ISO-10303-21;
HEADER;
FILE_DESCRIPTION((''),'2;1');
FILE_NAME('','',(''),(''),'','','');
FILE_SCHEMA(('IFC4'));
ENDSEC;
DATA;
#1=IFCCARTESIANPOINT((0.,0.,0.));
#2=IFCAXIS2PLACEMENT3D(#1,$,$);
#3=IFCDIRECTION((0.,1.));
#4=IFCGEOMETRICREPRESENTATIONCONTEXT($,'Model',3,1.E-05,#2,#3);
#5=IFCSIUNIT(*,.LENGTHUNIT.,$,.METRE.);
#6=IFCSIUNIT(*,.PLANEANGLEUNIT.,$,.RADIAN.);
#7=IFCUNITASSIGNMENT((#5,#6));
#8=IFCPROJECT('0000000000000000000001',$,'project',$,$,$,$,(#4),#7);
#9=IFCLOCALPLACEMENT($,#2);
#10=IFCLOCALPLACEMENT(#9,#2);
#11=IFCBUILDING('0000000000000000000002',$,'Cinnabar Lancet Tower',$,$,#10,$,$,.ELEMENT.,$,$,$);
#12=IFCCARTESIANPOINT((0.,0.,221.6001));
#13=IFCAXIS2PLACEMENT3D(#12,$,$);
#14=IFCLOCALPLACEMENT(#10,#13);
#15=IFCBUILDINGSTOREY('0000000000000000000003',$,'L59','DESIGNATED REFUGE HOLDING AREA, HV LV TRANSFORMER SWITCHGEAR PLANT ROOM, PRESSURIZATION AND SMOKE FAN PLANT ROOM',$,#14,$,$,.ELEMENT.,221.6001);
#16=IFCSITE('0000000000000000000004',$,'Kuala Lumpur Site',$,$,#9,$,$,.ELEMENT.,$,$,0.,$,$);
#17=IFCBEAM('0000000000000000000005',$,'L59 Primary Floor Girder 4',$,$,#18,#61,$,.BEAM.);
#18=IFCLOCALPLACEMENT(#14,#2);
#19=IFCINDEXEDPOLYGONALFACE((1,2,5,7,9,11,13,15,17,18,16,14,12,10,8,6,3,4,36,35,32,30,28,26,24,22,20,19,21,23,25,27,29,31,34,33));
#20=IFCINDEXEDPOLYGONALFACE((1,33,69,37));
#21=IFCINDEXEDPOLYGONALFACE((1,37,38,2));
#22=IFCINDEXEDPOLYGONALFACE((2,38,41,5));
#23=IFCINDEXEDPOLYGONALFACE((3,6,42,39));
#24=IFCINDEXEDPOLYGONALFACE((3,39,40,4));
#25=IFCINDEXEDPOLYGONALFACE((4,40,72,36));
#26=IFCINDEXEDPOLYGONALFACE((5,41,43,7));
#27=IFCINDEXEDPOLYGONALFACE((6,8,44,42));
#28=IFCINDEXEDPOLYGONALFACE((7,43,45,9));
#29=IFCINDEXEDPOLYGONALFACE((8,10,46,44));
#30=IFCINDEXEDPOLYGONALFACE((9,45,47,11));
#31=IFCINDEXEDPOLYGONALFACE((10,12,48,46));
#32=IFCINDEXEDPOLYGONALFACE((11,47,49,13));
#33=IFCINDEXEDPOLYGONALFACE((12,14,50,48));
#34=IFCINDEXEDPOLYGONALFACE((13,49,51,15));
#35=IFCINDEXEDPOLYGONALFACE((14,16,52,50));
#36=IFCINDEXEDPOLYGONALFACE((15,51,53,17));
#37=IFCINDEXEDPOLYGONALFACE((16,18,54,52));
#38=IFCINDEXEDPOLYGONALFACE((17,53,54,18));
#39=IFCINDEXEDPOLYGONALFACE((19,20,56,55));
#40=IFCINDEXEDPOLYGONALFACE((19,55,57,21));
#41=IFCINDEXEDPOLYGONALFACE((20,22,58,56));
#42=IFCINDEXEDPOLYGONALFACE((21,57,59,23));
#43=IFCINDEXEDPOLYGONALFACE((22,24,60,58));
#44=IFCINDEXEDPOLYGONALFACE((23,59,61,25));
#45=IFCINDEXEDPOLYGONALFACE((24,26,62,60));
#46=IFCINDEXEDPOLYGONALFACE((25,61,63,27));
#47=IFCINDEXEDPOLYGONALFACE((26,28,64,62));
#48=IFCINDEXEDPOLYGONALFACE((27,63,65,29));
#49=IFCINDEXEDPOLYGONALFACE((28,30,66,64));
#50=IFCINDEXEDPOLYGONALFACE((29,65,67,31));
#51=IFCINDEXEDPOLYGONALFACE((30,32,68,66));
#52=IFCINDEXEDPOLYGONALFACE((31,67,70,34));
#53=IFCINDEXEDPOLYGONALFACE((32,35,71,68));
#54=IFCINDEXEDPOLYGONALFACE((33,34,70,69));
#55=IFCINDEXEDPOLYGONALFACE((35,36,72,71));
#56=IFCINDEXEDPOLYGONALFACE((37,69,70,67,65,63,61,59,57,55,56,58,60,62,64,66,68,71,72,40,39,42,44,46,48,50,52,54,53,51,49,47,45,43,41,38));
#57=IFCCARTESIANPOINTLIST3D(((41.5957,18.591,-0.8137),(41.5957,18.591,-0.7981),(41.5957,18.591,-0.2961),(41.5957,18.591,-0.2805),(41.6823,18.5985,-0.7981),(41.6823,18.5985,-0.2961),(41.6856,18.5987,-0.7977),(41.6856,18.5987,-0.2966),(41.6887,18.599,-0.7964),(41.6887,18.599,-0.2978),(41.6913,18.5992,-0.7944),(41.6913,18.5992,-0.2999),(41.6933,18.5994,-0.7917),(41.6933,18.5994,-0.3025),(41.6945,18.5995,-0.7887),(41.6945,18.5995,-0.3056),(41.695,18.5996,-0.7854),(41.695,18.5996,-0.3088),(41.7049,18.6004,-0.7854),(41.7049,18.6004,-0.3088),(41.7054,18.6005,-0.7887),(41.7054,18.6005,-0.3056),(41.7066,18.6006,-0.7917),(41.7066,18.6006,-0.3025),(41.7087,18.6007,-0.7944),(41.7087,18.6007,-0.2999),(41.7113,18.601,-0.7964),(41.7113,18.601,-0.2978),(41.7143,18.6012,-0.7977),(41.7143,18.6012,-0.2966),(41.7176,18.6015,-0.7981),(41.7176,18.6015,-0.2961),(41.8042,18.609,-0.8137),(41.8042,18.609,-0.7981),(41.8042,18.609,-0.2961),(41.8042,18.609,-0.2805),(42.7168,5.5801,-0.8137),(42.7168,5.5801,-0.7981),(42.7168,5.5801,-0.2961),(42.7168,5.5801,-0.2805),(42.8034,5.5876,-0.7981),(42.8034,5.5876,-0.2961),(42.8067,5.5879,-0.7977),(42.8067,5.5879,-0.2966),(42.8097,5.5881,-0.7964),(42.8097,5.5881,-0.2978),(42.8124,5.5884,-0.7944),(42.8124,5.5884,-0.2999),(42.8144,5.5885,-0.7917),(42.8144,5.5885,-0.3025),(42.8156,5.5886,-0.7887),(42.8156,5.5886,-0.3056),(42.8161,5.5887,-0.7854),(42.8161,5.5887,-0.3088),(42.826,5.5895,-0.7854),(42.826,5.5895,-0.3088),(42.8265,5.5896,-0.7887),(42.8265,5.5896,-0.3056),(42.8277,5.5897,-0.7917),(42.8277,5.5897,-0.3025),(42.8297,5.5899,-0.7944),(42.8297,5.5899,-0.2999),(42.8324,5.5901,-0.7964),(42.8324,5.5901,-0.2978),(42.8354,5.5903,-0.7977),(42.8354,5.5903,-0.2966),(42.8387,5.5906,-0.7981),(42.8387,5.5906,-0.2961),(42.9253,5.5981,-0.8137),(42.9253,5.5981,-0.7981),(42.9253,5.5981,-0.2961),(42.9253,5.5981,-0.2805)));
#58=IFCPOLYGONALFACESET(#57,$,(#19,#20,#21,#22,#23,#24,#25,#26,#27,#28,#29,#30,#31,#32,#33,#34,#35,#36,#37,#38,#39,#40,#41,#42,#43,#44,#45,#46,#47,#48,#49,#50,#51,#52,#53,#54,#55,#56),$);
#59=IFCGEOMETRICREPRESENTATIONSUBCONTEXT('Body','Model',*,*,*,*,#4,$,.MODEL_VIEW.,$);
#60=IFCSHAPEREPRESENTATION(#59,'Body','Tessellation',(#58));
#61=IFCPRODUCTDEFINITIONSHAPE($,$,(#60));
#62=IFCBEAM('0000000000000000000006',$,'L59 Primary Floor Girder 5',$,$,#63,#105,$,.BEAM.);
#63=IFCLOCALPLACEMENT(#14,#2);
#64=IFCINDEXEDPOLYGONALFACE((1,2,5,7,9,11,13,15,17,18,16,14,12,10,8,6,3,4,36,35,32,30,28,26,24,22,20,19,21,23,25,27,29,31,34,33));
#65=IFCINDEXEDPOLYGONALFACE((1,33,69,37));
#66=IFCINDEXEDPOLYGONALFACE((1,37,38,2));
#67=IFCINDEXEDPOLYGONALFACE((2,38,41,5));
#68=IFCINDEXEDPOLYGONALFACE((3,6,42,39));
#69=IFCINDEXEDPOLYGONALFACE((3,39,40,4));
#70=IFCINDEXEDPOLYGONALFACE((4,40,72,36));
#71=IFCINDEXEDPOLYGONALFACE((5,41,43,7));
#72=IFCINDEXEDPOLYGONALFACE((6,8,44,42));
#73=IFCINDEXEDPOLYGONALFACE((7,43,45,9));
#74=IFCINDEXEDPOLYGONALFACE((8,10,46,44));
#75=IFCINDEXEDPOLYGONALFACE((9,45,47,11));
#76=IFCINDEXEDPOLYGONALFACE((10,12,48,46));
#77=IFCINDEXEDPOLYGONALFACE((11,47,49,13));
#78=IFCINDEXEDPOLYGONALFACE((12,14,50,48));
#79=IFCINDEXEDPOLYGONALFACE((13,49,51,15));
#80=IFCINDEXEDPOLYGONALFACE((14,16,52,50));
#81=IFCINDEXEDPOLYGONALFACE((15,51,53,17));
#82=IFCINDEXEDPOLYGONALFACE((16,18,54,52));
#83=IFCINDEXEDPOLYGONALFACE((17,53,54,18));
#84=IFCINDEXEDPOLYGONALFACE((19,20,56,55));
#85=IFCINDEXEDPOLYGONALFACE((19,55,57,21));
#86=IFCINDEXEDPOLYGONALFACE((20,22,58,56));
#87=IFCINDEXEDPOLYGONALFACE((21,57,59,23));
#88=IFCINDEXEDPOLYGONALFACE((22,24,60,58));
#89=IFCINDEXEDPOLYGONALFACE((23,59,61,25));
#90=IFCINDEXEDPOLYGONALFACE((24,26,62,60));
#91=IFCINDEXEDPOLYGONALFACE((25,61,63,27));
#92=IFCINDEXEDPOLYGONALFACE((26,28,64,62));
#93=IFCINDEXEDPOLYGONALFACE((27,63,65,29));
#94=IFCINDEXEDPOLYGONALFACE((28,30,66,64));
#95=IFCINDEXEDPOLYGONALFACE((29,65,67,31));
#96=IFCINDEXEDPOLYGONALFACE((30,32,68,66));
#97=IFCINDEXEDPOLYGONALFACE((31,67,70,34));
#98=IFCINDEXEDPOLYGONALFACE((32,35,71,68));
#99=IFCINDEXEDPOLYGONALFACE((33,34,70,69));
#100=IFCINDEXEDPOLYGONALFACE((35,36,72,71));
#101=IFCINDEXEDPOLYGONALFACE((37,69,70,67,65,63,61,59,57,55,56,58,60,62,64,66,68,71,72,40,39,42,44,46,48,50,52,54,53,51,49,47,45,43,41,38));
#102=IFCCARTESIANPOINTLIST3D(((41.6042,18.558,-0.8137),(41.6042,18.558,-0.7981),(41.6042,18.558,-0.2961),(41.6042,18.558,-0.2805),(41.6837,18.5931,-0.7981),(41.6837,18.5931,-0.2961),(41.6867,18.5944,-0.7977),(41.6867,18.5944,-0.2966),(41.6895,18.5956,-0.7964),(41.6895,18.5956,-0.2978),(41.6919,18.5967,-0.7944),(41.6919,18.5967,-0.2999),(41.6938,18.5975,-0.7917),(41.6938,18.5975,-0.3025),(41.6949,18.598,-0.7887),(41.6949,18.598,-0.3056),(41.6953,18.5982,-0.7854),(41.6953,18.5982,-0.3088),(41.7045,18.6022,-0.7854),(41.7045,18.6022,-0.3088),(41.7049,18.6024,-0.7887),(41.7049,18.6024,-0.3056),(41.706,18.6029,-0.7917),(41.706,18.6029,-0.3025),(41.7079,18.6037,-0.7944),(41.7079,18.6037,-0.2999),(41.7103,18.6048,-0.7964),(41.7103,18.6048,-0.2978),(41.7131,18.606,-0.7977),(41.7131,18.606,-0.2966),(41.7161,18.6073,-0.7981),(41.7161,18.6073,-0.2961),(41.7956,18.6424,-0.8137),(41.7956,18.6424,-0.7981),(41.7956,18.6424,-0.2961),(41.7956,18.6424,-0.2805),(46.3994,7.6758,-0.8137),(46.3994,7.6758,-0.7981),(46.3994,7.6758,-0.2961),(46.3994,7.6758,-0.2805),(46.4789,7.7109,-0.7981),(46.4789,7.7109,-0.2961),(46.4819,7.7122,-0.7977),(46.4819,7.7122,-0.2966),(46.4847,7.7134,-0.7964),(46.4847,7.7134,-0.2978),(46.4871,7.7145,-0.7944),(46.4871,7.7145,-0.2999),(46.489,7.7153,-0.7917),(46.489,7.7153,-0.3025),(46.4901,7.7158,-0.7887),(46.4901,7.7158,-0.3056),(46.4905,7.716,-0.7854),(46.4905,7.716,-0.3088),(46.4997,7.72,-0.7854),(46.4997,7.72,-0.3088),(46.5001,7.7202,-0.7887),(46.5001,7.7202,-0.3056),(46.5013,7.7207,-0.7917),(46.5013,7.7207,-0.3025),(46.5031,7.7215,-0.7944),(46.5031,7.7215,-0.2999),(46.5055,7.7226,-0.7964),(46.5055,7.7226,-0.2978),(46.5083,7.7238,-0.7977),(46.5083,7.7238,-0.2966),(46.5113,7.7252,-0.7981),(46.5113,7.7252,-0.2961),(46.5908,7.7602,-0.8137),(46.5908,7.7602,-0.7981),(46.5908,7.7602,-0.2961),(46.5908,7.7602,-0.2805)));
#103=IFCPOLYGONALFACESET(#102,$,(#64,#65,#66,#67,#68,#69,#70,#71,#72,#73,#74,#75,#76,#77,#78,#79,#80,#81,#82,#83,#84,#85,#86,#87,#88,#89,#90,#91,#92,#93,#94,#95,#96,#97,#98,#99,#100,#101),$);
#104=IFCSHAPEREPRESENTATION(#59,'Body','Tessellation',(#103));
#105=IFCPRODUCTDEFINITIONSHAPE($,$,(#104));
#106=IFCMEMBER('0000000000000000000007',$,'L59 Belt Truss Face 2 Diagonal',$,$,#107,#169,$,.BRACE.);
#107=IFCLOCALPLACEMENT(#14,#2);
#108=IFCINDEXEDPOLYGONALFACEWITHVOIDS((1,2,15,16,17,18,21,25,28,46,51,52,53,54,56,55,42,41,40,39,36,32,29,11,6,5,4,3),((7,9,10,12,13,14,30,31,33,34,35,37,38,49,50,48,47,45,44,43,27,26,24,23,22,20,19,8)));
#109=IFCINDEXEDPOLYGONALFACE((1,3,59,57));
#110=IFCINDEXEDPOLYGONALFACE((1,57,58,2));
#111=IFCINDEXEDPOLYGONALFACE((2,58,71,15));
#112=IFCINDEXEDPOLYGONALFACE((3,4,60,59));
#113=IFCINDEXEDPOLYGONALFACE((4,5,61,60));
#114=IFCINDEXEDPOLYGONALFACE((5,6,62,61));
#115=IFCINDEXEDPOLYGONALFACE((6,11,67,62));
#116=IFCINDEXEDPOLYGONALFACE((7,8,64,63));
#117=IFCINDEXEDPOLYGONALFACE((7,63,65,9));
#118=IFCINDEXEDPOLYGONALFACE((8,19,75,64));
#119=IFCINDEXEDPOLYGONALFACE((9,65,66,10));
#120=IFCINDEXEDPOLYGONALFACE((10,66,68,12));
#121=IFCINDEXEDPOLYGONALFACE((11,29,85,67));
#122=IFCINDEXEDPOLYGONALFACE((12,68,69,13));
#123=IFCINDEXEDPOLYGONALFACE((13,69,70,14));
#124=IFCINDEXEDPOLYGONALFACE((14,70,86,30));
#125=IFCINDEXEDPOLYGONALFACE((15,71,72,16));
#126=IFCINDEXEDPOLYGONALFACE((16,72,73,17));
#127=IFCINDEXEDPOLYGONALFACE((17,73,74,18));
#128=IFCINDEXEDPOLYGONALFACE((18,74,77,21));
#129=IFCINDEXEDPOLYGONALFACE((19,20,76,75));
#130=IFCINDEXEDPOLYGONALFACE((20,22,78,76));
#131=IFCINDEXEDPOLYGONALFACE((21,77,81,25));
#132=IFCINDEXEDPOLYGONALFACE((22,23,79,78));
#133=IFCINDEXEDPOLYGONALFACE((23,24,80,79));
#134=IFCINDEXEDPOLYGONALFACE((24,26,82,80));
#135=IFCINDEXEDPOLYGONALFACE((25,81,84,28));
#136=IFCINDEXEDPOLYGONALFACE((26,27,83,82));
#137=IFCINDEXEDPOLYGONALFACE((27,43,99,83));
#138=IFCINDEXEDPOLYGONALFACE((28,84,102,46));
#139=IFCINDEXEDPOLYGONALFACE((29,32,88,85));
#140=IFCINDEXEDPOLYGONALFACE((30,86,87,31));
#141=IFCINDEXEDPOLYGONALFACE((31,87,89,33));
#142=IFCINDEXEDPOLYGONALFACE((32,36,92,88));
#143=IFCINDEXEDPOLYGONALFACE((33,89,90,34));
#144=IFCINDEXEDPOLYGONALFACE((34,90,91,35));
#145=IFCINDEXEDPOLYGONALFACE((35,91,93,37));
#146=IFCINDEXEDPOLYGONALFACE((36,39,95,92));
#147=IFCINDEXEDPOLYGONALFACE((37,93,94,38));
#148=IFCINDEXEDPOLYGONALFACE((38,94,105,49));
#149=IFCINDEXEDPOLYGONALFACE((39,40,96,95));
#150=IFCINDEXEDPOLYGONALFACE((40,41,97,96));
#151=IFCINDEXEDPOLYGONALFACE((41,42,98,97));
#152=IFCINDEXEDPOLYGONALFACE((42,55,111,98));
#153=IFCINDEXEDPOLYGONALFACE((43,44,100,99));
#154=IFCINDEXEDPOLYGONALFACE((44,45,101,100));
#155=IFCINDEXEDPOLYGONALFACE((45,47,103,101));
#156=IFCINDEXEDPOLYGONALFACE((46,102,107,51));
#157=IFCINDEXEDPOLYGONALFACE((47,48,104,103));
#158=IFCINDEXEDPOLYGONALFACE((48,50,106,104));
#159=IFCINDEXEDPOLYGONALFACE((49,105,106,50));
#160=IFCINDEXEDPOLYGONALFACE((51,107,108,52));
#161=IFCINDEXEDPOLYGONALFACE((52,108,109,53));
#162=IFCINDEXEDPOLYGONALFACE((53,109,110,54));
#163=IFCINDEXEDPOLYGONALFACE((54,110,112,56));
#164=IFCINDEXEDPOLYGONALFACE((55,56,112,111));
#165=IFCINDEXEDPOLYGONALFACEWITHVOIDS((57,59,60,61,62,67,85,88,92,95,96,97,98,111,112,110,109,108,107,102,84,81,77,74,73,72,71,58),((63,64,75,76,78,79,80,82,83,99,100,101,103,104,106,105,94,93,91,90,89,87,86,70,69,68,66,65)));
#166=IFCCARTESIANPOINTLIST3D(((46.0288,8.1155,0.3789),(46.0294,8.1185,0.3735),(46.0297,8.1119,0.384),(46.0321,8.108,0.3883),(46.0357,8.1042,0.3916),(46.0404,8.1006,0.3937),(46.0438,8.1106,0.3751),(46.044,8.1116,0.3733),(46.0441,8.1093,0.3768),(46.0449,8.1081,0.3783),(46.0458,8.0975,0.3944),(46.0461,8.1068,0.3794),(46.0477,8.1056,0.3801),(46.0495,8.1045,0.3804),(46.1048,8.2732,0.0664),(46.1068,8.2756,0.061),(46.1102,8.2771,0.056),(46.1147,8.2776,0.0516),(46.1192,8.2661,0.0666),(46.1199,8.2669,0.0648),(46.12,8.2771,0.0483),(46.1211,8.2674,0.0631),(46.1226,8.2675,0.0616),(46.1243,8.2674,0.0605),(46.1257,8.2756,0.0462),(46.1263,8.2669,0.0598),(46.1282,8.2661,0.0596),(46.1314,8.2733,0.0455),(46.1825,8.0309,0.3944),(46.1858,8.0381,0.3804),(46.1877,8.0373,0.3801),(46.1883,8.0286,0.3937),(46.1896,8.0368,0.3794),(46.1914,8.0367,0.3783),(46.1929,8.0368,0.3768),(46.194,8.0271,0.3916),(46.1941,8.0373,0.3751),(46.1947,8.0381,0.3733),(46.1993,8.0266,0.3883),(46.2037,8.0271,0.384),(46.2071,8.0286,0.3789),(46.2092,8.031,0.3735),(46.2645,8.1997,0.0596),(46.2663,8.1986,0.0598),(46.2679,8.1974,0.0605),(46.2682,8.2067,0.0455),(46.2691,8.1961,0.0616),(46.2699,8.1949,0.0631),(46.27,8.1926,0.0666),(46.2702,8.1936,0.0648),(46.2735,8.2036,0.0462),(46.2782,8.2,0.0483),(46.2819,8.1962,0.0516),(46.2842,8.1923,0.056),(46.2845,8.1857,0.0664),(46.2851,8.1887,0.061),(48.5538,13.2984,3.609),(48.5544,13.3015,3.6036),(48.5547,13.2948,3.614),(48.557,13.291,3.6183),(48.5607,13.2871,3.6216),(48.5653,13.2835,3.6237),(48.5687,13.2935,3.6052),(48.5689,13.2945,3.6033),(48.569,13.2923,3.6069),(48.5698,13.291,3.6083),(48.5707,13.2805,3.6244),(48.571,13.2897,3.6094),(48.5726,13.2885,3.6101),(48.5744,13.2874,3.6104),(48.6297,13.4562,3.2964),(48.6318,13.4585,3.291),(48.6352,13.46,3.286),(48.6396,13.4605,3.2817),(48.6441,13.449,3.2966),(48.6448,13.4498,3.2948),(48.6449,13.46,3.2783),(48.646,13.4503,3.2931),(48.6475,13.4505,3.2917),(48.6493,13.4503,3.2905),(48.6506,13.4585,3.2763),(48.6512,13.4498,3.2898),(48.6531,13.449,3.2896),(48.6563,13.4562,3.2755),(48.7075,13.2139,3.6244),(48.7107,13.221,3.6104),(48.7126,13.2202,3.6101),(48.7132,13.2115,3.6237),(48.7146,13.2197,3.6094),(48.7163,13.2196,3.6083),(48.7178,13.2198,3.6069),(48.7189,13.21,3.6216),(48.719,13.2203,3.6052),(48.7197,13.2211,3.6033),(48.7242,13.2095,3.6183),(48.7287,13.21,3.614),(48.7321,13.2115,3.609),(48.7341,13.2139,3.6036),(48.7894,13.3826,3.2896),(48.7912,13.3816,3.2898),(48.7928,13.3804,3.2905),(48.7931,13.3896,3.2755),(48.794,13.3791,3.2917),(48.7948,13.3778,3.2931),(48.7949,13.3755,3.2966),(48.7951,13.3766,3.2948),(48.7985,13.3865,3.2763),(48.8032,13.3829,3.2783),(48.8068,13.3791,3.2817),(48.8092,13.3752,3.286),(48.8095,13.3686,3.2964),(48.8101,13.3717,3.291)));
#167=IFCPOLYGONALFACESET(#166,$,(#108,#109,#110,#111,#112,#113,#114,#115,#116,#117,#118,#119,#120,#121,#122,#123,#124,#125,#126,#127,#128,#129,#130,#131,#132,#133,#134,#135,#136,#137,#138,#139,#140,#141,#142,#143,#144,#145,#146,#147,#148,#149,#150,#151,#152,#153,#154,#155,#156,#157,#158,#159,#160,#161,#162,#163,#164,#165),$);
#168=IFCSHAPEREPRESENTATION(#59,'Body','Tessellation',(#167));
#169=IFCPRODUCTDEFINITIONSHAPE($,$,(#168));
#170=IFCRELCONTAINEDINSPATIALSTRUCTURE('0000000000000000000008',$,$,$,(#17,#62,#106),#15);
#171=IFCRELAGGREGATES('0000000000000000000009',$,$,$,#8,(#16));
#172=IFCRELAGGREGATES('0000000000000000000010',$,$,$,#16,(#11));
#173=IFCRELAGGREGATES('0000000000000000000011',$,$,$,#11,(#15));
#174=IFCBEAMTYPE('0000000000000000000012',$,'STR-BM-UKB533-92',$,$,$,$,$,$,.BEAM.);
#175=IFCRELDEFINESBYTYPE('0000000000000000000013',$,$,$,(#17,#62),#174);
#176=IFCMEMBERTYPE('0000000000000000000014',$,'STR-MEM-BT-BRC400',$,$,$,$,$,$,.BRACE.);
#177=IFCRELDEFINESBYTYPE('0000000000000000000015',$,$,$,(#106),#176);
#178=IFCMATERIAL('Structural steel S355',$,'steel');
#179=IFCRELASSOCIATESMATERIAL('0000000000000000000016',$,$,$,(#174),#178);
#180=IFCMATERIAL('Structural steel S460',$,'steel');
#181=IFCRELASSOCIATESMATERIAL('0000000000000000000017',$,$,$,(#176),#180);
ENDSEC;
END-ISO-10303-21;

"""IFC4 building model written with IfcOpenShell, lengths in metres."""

from ifc_helpers import new_model, si_unit, direction, frame, origin, origin_2d, place, context, subcontext, project, spatial, hollow_rectangle, i_section, extrude, material, material_profile, profile_set, type_object, element, save


model = new_model("IFC4")

# Units and contexts
model_context = context("Model", 3, precision=1e-05, world=origin(), true_north=direction((0.0, 1.0)))
body_context = subcontext(model_context, "Body", "Model", "MODEL_VIEW")
ifc_project = project(units=[si_unit("LENGTHUNIT", "METRE"), si_unit("PLANEANGLEUNIT", "RADIAN")], contexts=[model_context])

# Site, building, storey
site_placement = place(None, origin())
site = spatial("IfcSite", under=ifc_project, at=site_placement, Name="Kuala Lumpur Site", CompositionType="ELEMENT", RefElevation=0.0)
building_placement = place(site_placement, origin())
building = spatial("IfcBuilding", under=site, at=building_placement, Name="Cinnabar Lancet Tower", CompositionType="ELEMENT")
storey_placement = place(building_placement, frame((0.0, 0.0, 221.6001)))
storey = spatial("IfcBuildingStorey", under=building, at=storey_placement, Name="L59", Description="DESIGNATED REFUGE HOLDING AREA, HV LV TRANSFORMER SWITCHGEAR PLANT ROOM, PRESSURIZATION AND SMOKE FAN PLANT ROOM", CompositionType="ELEMENT", Elevation=221.6001)

# Beams
ifc_material_1 = material(Name="Structural steel S355", Category="steel")
ifc_material_profile_1 = material_profile(ifc_material_1, i_section(OverallWidth=0.2092, OverallDepth=0.5332, WebThickness=0.01, FlangeThickness=0.0156, FilletRadius=0.0127, at=origin_2d()), Name="UKB 533x210x92")
ifc_profile_set_1 = profile_set([ifc_material_profile_1], Name="Structural steel S355")
beam_type_1 = type_object("IfcBeamType", Name="STR-BM-UKB533-92", PredefinedType="BEAM", material=ifc_profile_set_1)
beam_1_placement = place(storey_placement, frame((42.821, 5.5891, -0.5471), z_axis=(-0.085847, 0.996308, 0.0), x_axis=(-0.996308, -0.085847, 0.0)))
element("IfcBeam", 1, at=beam_1_placement, inside=storey, type_object=beam_type_1, Name="L59 Primary Floor Girder 4", PredefinedType="BEAM", context=body_context, shape_type="SweptSolid", body=[
    extrude(i_section(OverallWidth=0.2092, OverallDepth=0.5332, WebThickness=0.01, FlangeThickness=0.0156, FilletRadius=0.0127, at=origin_2d()), origin(), (0.0, 0.0, 1.0), 13.0591),
])
beam_2_placement = place(storey_placement, frame((46.4951, 7.718, -0.5471), z_axis=(-0.403235, 0.915096, 0.0), x_axis=(-0.915096, -0.403235, 0.0)))
element("IfcBeam", 2, at=beam_2_placement, inside=storey, type_object=beam_type_1, Name="L59 Primary Floor Girder 5", PredefinedType="BEAM", context=body_context, shape_type="SweptSolid", body=[
    extrude(i_section(OverallWidth=0.2092, OverallDepth=0.5332, WebThickness=0.01, FlangeThickness=0.0156, FilletRadius=0.0127, at=origin_2d()), origin(), (0.0, 0.0, 1.0), 11.8918),
])

# Member
ifc_material_2 = material(Name="Structural steel S460", Category="steel")
ifc_material_profile_2 = material_profile(ifc_material_2, hollow_rectangle(XDim=0.2, YDim=0.3999, WallThickness=0.0161, InnerFilletRadius=0.0081, OuterFilletRadius=0.0239, at=origin_2d()), Name="RHS 400x200x16")
ifc_profile_set_2 = profile_set([ifc_material_profile_2], Name="Structural steel S460")
member_type_1 = type_object("IfcMemberType", Name="STR-MEM-BT-BRC400", PredefinedType="BRACE", material=ifc_profile_set_2)
member_placement = place(storey_placement, frame((46.157, 8.1521, 0.22), z_axis=(0.382079, 0.784293, 0.488774), x_axis=(-0.898995, 0.437958, 0.0)))
element("IfcMember", 3, at=member_placement, inside=storey, type_object=member_type_1, Name="L59 Belt Truss Face 2 Diagonal", PredefinedType="BRACE", context=body_context, shape_type="SweptSolid", body=[
    extrude(hollow_rectangle(XDim=0.2, YDim=0.3999, WallThickness=0.0161, InnerFilletRadius=0.0081, OuterFilletRadius=0.0239, at=origin_2d()), origin(), (0.0, 0.0, 1.0), 6.6084),
])

save(model, "model.ifc")
